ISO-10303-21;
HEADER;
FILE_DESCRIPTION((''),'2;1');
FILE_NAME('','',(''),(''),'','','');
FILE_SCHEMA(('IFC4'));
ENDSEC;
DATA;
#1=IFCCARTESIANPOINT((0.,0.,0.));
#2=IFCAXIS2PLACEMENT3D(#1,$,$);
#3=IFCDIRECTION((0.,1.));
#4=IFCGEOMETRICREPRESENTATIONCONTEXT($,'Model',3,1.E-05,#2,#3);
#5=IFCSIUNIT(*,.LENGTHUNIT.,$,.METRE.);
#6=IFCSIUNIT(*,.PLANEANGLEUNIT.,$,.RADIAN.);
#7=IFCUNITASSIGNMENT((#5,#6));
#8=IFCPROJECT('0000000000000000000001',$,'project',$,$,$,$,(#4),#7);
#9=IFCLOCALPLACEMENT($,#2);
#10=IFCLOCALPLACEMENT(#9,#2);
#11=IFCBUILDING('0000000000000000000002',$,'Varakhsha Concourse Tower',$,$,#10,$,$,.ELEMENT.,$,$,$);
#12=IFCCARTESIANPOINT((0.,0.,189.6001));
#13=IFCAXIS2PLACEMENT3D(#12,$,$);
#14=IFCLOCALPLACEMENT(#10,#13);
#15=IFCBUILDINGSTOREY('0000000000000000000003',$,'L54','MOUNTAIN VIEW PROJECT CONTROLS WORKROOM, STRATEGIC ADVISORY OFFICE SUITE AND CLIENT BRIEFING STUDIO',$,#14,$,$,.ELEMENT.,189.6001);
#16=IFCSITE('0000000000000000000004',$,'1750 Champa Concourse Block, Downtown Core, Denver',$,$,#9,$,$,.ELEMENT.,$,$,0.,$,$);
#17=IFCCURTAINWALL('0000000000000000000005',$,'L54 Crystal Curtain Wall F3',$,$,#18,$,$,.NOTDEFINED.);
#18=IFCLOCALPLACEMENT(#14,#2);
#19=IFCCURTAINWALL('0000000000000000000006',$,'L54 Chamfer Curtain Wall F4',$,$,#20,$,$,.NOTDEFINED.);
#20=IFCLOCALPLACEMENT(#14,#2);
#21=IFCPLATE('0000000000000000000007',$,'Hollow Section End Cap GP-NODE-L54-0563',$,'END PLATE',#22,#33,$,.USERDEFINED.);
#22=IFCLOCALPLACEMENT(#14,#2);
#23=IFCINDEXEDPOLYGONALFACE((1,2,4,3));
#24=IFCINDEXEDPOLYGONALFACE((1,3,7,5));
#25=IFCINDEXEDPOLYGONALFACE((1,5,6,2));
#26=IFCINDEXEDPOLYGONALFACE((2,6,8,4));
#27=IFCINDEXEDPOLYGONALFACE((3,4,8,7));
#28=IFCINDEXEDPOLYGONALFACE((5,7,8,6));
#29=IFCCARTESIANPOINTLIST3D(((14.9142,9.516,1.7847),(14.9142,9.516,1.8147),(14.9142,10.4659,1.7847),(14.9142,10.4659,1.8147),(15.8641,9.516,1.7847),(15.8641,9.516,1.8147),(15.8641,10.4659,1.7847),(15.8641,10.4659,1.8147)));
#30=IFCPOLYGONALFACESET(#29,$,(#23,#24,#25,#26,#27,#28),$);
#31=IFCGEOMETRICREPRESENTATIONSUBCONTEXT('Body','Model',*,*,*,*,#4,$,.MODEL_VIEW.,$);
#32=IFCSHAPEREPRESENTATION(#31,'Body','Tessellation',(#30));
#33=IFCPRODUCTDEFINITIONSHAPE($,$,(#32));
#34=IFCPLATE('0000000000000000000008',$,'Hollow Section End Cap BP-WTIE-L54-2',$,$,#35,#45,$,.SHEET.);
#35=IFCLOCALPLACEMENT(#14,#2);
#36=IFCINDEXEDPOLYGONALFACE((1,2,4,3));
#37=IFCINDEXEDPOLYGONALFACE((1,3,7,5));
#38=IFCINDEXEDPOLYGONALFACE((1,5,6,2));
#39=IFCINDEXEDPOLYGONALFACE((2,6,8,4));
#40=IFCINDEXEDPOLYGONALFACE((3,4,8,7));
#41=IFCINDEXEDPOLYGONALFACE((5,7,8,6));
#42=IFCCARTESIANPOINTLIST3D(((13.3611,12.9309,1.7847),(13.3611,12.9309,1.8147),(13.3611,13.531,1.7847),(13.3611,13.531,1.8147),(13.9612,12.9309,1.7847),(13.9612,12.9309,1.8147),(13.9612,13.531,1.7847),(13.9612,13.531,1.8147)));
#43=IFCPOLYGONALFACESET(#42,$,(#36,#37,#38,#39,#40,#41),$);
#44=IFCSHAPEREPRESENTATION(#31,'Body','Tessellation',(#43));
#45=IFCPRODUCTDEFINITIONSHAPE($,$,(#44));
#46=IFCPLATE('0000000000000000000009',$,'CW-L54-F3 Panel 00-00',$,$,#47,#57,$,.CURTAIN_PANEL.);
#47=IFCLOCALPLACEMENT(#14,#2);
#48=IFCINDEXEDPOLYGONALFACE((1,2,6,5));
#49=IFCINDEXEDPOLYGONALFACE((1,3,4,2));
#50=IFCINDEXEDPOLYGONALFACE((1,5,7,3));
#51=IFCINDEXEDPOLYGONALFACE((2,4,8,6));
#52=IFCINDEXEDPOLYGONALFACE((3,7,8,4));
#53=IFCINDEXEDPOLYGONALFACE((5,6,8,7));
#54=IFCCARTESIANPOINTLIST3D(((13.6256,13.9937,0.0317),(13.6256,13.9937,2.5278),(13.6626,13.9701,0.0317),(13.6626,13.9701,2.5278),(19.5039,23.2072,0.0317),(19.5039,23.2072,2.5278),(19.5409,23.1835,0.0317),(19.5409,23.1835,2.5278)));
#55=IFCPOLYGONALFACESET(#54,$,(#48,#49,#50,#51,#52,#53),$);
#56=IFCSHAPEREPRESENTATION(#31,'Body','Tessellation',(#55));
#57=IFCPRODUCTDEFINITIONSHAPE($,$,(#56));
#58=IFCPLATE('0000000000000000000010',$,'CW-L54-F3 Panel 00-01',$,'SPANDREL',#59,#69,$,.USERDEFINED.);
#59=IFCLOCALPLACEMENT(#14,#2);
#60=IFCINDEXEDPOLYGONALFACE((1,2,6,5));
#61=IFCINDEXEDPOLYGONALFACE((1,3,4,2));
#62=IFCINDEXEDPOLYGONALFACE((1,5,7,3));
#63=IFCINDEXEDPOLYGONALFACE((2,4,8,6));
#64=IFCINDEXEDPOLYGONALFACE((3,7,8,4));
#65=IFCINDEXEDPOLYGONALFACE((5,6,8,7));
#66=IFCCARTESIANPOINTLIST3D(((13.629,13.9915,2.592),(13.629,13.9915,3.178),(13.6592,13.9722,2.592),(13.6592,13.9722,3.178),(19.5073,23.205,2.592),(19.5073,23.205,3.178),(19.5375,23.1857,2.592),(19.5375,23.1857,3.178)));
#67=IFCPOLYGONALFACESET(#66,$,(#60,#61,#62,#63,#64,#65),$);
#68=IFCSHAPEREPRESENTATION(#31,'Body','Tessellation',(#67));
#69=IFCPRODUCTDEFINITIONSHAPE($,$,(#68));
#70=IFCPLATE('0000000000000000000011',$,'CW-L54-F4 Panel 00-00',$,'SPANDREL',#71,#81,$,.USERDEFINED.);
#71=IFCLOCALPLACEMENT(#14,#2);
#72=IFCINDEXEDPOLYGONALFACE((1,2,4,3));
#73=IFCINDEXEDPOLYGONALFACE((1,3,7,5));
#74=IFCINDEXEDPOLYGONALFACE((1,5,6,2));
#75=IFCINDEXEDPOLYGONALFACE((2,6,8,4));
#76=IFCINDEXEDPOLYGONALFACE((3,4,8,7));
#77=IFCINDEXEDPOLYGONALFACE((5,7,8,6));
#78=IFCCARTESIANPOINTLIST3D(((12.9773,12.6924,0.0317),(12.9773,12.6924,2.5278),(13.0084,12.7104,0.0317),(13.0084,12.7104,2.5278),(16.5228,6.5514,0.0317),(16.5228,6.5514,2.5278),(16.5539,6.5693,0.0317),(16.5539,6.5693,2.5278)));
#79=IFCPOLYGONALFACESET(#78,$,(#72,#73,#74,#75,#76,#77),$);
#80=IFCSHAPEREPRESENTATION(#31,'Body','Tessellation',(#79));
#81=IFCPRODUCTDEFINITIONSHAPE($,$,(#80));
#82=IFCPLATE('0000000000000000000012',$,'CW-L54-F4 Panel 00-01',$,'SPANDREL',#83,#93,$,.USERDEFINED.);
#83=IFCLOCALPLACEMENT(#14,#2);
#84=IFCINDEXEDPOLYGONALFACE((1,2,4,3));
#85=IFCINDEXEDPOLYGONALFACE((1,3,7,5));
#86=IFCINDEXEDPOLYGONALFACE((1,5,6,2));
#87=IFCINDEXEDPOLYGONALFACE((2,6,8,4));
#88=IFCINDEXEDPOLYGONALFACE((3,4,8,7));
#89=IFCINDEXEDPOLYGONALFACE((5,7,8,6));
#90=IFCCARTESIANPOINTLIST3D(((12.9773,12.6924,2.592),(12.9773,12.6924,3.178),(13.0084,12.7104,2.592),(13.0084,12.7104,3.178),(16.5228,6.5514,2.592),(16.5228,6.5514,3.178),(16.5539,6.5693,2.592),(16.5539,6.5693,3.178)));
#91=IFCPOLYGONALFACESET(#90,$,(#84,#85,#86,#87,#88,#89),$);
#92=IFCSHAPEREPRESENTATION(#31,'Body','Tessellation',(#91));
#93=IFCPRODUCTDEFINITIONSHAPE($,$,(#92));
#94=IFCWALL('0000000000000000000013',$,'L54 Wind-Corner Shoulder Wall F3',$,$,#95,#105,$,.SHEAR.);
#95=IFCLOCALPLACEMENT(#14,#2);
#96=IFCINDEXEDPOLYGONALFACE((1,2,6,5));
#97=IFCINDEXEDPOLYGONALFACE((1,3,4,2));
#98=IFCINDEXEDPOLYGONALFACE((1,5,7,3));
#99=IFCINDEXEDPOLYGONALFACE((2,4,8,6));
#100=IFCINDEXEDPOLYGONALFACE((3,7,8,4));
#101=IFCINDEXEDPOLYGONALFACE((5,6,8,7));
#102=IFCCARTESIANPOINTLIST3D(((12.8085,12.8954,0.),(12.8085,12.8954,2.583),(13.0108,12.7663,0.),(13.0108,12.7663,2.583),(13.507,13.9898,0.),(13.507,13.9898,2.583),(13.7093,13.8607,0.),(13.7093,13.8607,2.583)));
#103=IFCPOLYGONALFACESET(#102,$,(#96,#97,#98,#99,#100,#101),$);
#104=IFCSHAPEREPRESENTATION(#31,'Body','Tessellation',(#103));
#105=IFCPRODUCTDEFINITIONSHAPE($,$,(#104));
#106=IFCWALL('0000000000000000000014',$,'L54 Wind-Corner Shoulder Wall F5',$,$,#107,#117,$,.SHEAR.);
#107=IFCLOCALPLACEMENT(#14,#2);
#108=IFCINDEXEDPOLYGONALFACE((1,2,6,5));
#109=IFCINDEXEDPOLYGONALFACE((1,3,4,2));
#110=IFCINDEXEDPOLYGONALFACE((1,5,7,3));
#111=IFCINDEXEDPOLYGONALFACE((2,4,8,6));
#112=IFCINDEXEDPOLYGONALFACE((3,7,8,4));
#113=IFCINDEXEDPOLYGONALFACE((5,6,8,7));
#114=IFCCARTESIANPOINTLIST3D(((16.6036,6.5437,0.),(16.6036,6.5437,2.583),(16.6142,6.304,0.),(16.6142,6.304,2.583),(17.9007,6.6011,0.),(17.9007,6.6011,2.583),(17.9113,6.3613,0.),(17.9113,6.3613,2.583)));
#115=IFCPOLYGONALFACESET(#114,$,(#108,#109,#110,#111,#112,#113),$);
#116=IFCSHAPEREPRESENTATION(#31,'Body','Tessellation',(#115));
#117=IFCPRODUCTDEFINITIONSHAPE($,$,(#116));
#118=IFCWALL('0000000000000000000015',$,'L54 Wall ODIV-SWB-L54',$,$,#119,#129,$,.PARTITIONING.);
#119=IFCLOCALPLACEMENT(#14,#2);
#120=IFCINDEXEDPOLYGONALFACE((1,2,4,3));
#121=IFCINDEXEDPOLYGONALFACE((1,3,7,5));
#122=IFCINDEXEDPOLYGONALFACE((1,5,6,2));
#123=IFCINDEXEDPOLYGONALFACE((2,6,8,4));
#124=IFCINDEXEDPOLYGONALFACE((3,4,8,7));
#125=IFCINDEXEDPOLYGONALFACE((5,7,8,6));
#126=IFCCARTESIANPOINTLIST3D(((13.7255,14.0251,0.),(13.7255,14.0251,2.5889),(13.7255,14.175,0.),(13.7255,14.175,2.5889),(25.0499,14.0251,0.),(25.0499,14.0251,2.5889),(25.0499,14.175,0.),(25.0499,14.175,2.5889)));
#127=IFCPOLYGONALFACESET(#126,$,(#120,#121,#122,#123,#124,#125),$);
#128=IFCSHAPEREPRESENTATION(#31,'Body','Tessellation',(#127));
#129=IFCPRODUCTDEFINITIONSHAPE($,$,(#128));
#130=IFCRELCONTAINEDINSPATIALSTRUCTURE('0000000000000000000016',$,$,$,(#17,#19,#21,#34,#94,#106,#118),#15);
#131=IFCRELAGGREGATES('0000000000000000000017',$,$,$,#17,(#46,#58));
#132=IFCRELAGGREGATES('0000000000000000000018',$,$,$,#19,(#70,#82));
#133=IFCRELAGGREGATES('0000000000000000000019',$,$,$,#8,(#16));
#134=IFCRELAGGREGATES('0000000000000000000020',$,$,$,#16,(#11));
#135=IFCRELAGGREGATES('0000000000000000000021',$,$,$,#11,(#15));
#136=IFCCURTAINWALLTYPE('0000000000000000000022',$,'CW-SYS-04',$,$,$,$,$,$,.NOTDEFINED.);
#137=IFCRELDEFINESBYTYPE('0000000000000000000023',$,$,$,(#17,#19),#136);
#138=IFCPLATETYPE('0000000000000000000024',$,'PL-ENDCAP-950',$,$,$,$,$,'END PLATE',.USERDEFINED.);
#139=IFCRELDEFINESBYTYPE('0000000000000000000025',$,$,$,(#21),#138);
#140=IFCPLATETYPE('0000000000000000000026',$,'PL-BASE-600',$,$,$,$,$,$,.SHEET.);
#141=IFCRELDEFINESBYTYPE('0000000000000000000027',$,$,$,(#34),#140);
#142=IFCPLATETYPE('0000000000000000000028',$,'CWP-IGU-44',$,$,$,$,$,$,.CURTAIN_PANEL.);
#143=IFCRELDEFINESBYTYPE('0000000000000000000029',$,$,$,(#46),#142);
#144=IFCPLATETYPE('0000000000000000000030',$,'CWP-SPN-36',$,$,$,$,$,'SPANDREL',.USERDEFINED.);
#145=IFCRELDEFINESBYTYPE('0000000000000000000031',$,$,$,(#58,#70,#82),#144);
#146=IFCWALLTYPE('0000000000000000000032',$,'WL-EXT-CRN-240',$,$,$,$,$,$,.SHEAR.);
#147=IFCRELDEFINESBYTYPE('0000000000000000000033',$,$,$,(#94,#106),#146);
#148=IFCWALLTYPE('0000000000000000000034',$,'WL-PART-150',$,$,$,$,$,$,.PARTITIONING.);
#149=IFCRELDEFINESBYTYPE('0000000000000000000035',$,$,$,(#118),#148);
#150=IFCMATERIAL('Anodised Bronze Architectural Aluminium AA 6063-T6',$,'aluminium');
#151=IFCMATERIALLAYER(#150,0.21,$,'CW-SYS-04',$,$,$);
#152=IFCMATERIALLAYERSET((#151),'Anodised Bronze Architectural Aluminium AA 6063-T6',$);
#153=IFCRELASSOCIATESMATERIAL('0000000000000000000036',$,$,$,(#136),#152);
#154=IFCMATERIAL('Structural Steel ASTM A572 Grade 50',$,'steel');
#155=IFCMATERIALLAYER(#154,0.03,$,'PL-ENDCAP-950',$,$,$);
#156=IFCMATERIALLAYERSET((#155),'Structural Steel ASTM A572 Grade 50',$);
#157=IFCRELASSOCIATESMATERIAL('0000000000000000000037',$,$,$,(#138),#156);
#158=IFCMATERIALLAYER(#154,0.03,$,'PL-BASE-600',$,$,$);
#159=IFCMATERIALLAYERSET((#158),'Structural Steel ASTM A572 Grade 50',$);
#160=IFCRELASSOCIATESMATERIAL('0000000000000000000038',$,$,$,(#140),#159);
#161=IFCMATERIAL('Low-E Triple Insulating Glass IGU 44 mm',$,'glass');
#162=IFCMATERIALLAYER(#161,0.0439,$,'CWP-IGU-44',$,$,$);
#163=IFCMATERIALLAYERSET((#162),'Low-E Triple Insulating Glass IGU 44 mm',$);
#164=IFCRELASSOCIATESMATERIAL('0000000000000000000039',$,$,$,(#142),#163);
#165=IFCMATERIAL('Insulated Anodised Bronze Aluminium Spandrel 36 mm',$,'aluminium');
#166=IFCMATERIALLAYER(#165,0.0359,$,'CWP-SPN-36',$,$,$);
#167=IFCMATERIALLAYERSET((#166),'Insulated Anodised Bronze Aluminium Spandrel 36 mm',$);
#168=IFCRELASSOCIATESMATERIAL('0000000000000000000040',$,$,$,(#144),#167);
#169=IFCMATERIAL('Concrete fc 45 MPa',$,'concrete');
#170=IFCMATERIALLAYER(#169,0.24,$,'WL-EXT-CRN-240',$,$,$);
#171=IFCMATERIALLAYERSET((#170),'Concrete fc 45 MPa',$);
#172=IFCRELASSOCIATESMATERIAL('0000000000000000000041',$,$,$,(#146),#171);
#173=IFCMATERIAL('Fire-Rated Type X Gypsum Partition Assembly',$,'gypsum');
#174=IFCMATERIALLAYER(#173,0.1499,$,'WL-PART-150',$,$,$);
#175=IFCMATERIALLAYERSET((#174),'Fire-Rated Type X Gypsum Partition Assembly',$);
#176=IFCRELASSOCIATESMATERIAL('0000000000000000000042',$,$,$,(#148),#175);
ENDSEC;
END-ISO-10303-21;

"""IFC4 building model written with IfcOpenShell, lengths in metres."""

from ifc_helpers import new_model, si_unit, direction, frame, frame_2d, origin, origin_2d, place, context, subcontext, project, spatial, rectangle, extrude, source, transform, mapped, material, layer, layer_set, type_object, type_shapes, element, aggregate, save


model = new_model("IFC4")

# Units and contexts
model_context = context("Model", 3, precision=1e-05, world=origin(), true_north=direction((0.0, 1.0)))
body_context = subcontext(model_context, "Body", "Model", "MODEL_VIEW")
ifc_project = project(units=[si_unit("LENGTHUNIT", "METRE"), si_unit("PLANEANGLEUNIT", "RADIAN")], contexts=[model_context])

# Site, building, storey
site_placement = place(None, origin())
site = spatial("IfcSite", under=ifc_project, at=site_placement, Name="1750 Champa Concourse Block, Downtown Core, Denver", CompositionType="ELEMENT", RefElevation=0.0)
building_placement = place(site_placement, origin())
building = spatial("IfcBuilding", under=site, at=building_placement, Name="Varakhsha Concourse Tower", CompositionType="ELEMENT")
storey_placement = place(building_placement, frame((0.0, 0.0, 189.6001)))
storey = spatial("IfcBuildingStorey", under=building, at=storey_placement, Name="L54", Description="MOUNTAIN VIEW PROJECT CONTROLS WORKROOM, STRATEGIC ADVISORY OFFICE SUITE AND CLIENT BRIEFING STUDIO", CompositionType="ELEMENT", Elevation=189.6001)

# Shared definitions
ifc_material_1 = material(Name="Structural Steel ASTM A572 Grade 50", Category="steel")

# Curtain walls
ifc_material_2 = material(Name="Anodised Bronze Architectural Aluminium AA 6063-T6", Category="aluminium")
ifc_layer_1 = layer(ifc_material_2, 0.21, Name="CW-SYS-04")
ifc_layer_set_1 = layer_set([ifc_layer_1], Name="Anodised Bronze Architectural Aluminium AA 6063-T6")
curtain_wall_type = type_object("IfcCurtainWallType", Name="CW-SYS-04", PredefinedType="NOTDEFINED", material=ifc_layer_set_1)
curtain_wall_1_placement = place(storey_placement, origin())
curtain_wall_1 = element("IfcCurtainWall", 1, at=curtain_wall_1_placement, inside=storey, type_object=curtain_wall_type, Name="L54 Crystal Curtain Wall F3", PredefinedType="NOTDEFINED")
curtain_wall_2_placement = place(storey_placement, origin())
curtain_wall_2 = element("IfcCurtainWall", 2, at=curtain_wall_2_placement, inside=storey, type_object=curtain_wall_type, Name="L54 Chamfer Curtain Wall F4", PredefinedType="NOTDEFINED")

# Shared definitions
ifc_material_3 = material(Name="Concrete fc 45 MPa", Category="concrete")

# Plates
ifc_layer_2 = layer(ifc_material_1, 0.03, Name="PL-ENDCAP-950")
ifc_layer_set_2 = layer_set([ifc_layer_2], Name="Structural Steel ASTM A572 Grade 50")
plate_type_1 = type_object("IfcPlateType", Name="PL-ENDCAP-950", ElementType="END PLATE", PredefinedType="USERDEFINED", material=ifc_layer_set_2)
shared_shape_1 = source(origin(), body_context, "Body", "SweptSolid", [
    extrude(rectangle(XDim=0.95, YDim=0.95, at=origin_2d()), origin(), (0.0, 0.0, 1.0), 0.03),
])
type_shapes(plate_type_1, [shared_shape_1])
for number, where, z_axis, x_axis, name in (
    (3, (15.3892, 9.991, 1.7847), (0.0, 0.0, 1.0), (1.0, 0.0, 0.0), "Hollow Section End Cap GP-NODE-L54-0563"),
):
    element("IfcPlate", number, at=place(storey_placement, frame(where, z_axis=z_axis, x_axis=x_axis)), inside=storey, type_object=plate_type_1, Name=name, ObjectType="END PLATE", PredefinedType="USERDEFINED", context=body_context, shape_type="MappedRepresentation", body=[
        mapped(shared_shape_1, transform((0.0, 0.0, 0.0), scale=1.0)),
    ])
ifc_layer_3 = layer(ifc_material_1, 0.03, Name="PL-BASE-600")
ifc_layer_set_3 = layer_set([ifc_layer_3], Name="Structural Steel ASTM A572 Grade 50")
plate_type_2 = type_object("IfcPlateType", Name="PL-BASE-600", PredefinedType="SHEET", material=ifc_layer_set_3)
shared_shape_2 = source(origin(), body_context, "Body", "SweptSolid", [
    extrude(rectangle(XDim=0.6001, YDim=0.6001, at=origin_2d()), origin(), (0.0, 0.0, 1.0), 0.03),
])
type_shapes(plate_type_2, [shared_shape_2])
plate_1_placement = place(storey_placement, frame((13.6611, 13.231, 1.7847), z_axis=(0.0, 0.0, 1.0), x_axis=(1.0, 0.0, 0.0)))
element("IfcPlate", 4, at=plate_1_placement, inside=storey, type_object=plate_type_2, Name="Hollow Section End Cap BP-WTIE-L54-2", PredefinedType="SHEET", context=body_context, shape_type="MappedRepresentation", body=[
    mapped(shared_shape_2, transform((0.0, 0.0, 0.0), scale=1.0)),
])

# Plates
ifc_material_4 = material(Name="Low-E Triple Insulating Glass IGU 44 mm", Category="glass")
ifc_layer_4 = layer(ifc_material_4, 0.0439, Name="CWP-IGU-44")
ifc_layer_set_4 = layer_set([ifc_layer_4], Name="Low-E Triple Insulating Glass IGU 44 mm")
plate_type_3 = type_object("IfcPlateType", Name="CWP-IGU-44", PredefinedType="CURTAIN_PANEL", material=ifc_layer_set_4)
shared_shape_3 = source(origin(), body_context, "Body", "SweptSolid", [
    extrude(rectangle(XDim=10.929, YDim=0.0439, at=origin_2d()), origin(), (0.0, 0.0, 1.0), 2.4961),
])
type_shapes(plate_type_3, [shared_shape_3])
plate_2_placement = place(storey_placement, frame((16.5833, 18.5886, 0.0317), z_axis=(0.0, 0.0, 1.0), x_axis=(0.537863, 0.843032, 0.0)))
plate_2 = element("IfcPlate", 5, at=plate_2_placement, type_object=plate_type_3, Name="CW-L54-F3 Panel 00-00", PredefinedType="CURTAIN_PANEL", context=body_context, shape_type="MappedRepresentation", body=[
    mapped(shared_shape_3, transform((0.0, 0.0, 0.0), scale=1.0)),
])
ifc_material_5 = material(Name="Insulated Anodised Bronze Aluminium Spandrel 36 mm", Category="aluminium")
ifc_layer_5 = layer(ifc_material_5, 0.0359, Name="CWP-SPN-36")
ifc_layer_set_5 = layer_set([ifc_layer_5], Name="Insulated Anodised Bronze Aluminium Spandrel 36 mm")
plate_type_4 = type_object("IfcPlateType", Name="CWP-SPN-36", ElementType="SPANDREL", PredefinedType="USERDEFINED", material=ifc_layer_set_5)
shared_shape_4 = source(origin(), body_context, "Body", "SweptSolid", [
    extrude(rectangle(XDim=10.929, YDim=0.0359, at=origin_2d()), origin(), (0.0, 0.0, 1.0), 0.5859),
])
plate_3_placement = place(storey_placement, frame((16.5833, 18.5886, 2.592), z_axis=(0.0, 0.0, 1.0), x_axis=(0.537863, 0.843032, 0.0)))
plate_3 = element("IfcPlate", 6, at=plate_3_placement, type_object=plate_type_4, Name="CW-L54-F3 Panel 00-01", ObjectType="SPANDREL", PredefinedType="USERDEFINED", context=body_context, shape_type="MappedRepresentation", body=[
    mapped(shared_shape_4, transform((0.0, 0.0, 0.0), scale=1.0)),
])
aggregate(curtain_wall_1, [plate_2, plate_3])
shared_shape_5 = source(origin(), body_context, "Body", "SweptSolid", [
    extrude(rectangle(XDim=7.0911, YDim=0.0359, at=origin_2d()), origin(), (0.0, 0.0, 1.0), 2.4961),
])
plate_4_placement = place(storey_placement, frame((14.7656, 9.6309, 0.0317), z_axis=(0.0, 0.0, 1.0), x_axis=(-0.499997, 0.866027, 0.0)))
plate_4 = element("IfcPlate", 7, at=plate_4_placement, type_object=plate_type_4, Name="CW-L54-F4 Panel 00-00", ObjectType="SPANDREL", PredefinedType="USERDEFINED", context=body_context, shape_type="MappedRepresentation", body=[
    mapped(shared_shape_5, transform((0.0, 0.0, 0.0), scale=1.0)),
])
shared_shape_6 = source(origin(), body_context, "Body", "SweptSolid", [
    extrude(rectangle(XDim=7.0911, YDim=0.0359, at=origin_2d()), origin(), (0.0, 0.0, 1.0), 0.5859),
])
type_shapes(plate_type_4, [shared_shape_4, shared_shape_5, shared_shape_6])
plate_5_placement = place(storey_placement, frame((14.7656, 9.6309, 2.592), z_axis=(0.0, 0.0, 1.0), x_axis=(-0.499997, 0.866027, 0.0)))
plate_5 = element("IfcPlate", 8, at=plate_5_placement, type_object=plate_type_4, Name="CW-L54-F4 Panel 00-01", ObjectType="SPANDREL", PredefinedType="USERDEFINED", context=body_context, shape_type="MappedRepresentation", body=[
    mapped(shared_shape_6, transform((0.0, 0.0, 0.0), scale=1.0)),
])
aggregate(curtain_wall_2, [plate_4, plate_5])

# Walls
ifc_layer_6 = layer(ifc_material_3, 0.24, Name="WL-EXT-CRN-240")
ifc_layer_set_6 = layer_set([ifc_layer_6], Name="Concrete fc 45 MPa")
wall_type_1 = type_object("IfcWallType", Name="WL-EXT-CRN-240", PredefinedType="SHEAR", material=ifc_layer_set_6)
for number, where, z_axis, x_axis, name in (
    (9, (13.6082, 13.9253, 0.0), (0.0, 0.0, 1.0), (-0.53797, -0.842964, 0.0), "L54 Wind-Corner Shoulder Wall F3"),
    (10, (16.6089, 6.4238, 0.0), (0.0, 0.0, 1.0), (0.999023, 0.044188, 0.0), "L54 Wind-Corner Shoulder Wall F5"),
):
    element("IfcWall", number, at=place(storey_placement, frame(where, z_axis=z_axis, x_axis=x_axis)), inside=storey, type_object=wall_type_1, Name=name, PredefinedType="SHEAR", context=body_context, shape_type="SweptSolid", body=[
        extrude(rectangle(XDim=1.2983, YDim=0.24, at=frame_2d((0.6492, 0.0))), origin(), (0.0, 0.0, 1.0), 2.583),
    ])
ifc_material_6 = material(Name="Fire-Rated Type X Gypsum Partition Assembly", Category="gypsum")
ifc_layer_7 = layer(ifc_material_6, 0.1499, Name="WL-PART-150")
ifc_layer_set_7 = layer_set([ifc_layer_7], Name="Fire-Rated Type X Gypsum Partition Assembly")
wall_type_2 = type_object("IfcWallType", Name="WL-PART-150", PredefinedType="PARTITIONING", material=ifc_layer_set_7)
wall_placement = place(storey_placement, frame((13.7256, 14.1001, 0.0), z_axis=(0.0, 0.0, 1.0), x_axis=(1.0, 0.0, 0.0)))
element("IfcWall", 11, at=wall_placement, inside=storey, type_object=wall_type_2, Name="L54 Wall ODIV-SWB-L54", PredefinedType="PARTITIONING", context=body_context, shape_type="SweptSolid", body=[
    extrude(rectangle(XDim=11.3245, YDim=0.1499, at=frame_2d((5.6621, 0.0))), origin(), (0.0, 0.0, 1.0), 2.5889),
])

save(model, "model.ifc")
